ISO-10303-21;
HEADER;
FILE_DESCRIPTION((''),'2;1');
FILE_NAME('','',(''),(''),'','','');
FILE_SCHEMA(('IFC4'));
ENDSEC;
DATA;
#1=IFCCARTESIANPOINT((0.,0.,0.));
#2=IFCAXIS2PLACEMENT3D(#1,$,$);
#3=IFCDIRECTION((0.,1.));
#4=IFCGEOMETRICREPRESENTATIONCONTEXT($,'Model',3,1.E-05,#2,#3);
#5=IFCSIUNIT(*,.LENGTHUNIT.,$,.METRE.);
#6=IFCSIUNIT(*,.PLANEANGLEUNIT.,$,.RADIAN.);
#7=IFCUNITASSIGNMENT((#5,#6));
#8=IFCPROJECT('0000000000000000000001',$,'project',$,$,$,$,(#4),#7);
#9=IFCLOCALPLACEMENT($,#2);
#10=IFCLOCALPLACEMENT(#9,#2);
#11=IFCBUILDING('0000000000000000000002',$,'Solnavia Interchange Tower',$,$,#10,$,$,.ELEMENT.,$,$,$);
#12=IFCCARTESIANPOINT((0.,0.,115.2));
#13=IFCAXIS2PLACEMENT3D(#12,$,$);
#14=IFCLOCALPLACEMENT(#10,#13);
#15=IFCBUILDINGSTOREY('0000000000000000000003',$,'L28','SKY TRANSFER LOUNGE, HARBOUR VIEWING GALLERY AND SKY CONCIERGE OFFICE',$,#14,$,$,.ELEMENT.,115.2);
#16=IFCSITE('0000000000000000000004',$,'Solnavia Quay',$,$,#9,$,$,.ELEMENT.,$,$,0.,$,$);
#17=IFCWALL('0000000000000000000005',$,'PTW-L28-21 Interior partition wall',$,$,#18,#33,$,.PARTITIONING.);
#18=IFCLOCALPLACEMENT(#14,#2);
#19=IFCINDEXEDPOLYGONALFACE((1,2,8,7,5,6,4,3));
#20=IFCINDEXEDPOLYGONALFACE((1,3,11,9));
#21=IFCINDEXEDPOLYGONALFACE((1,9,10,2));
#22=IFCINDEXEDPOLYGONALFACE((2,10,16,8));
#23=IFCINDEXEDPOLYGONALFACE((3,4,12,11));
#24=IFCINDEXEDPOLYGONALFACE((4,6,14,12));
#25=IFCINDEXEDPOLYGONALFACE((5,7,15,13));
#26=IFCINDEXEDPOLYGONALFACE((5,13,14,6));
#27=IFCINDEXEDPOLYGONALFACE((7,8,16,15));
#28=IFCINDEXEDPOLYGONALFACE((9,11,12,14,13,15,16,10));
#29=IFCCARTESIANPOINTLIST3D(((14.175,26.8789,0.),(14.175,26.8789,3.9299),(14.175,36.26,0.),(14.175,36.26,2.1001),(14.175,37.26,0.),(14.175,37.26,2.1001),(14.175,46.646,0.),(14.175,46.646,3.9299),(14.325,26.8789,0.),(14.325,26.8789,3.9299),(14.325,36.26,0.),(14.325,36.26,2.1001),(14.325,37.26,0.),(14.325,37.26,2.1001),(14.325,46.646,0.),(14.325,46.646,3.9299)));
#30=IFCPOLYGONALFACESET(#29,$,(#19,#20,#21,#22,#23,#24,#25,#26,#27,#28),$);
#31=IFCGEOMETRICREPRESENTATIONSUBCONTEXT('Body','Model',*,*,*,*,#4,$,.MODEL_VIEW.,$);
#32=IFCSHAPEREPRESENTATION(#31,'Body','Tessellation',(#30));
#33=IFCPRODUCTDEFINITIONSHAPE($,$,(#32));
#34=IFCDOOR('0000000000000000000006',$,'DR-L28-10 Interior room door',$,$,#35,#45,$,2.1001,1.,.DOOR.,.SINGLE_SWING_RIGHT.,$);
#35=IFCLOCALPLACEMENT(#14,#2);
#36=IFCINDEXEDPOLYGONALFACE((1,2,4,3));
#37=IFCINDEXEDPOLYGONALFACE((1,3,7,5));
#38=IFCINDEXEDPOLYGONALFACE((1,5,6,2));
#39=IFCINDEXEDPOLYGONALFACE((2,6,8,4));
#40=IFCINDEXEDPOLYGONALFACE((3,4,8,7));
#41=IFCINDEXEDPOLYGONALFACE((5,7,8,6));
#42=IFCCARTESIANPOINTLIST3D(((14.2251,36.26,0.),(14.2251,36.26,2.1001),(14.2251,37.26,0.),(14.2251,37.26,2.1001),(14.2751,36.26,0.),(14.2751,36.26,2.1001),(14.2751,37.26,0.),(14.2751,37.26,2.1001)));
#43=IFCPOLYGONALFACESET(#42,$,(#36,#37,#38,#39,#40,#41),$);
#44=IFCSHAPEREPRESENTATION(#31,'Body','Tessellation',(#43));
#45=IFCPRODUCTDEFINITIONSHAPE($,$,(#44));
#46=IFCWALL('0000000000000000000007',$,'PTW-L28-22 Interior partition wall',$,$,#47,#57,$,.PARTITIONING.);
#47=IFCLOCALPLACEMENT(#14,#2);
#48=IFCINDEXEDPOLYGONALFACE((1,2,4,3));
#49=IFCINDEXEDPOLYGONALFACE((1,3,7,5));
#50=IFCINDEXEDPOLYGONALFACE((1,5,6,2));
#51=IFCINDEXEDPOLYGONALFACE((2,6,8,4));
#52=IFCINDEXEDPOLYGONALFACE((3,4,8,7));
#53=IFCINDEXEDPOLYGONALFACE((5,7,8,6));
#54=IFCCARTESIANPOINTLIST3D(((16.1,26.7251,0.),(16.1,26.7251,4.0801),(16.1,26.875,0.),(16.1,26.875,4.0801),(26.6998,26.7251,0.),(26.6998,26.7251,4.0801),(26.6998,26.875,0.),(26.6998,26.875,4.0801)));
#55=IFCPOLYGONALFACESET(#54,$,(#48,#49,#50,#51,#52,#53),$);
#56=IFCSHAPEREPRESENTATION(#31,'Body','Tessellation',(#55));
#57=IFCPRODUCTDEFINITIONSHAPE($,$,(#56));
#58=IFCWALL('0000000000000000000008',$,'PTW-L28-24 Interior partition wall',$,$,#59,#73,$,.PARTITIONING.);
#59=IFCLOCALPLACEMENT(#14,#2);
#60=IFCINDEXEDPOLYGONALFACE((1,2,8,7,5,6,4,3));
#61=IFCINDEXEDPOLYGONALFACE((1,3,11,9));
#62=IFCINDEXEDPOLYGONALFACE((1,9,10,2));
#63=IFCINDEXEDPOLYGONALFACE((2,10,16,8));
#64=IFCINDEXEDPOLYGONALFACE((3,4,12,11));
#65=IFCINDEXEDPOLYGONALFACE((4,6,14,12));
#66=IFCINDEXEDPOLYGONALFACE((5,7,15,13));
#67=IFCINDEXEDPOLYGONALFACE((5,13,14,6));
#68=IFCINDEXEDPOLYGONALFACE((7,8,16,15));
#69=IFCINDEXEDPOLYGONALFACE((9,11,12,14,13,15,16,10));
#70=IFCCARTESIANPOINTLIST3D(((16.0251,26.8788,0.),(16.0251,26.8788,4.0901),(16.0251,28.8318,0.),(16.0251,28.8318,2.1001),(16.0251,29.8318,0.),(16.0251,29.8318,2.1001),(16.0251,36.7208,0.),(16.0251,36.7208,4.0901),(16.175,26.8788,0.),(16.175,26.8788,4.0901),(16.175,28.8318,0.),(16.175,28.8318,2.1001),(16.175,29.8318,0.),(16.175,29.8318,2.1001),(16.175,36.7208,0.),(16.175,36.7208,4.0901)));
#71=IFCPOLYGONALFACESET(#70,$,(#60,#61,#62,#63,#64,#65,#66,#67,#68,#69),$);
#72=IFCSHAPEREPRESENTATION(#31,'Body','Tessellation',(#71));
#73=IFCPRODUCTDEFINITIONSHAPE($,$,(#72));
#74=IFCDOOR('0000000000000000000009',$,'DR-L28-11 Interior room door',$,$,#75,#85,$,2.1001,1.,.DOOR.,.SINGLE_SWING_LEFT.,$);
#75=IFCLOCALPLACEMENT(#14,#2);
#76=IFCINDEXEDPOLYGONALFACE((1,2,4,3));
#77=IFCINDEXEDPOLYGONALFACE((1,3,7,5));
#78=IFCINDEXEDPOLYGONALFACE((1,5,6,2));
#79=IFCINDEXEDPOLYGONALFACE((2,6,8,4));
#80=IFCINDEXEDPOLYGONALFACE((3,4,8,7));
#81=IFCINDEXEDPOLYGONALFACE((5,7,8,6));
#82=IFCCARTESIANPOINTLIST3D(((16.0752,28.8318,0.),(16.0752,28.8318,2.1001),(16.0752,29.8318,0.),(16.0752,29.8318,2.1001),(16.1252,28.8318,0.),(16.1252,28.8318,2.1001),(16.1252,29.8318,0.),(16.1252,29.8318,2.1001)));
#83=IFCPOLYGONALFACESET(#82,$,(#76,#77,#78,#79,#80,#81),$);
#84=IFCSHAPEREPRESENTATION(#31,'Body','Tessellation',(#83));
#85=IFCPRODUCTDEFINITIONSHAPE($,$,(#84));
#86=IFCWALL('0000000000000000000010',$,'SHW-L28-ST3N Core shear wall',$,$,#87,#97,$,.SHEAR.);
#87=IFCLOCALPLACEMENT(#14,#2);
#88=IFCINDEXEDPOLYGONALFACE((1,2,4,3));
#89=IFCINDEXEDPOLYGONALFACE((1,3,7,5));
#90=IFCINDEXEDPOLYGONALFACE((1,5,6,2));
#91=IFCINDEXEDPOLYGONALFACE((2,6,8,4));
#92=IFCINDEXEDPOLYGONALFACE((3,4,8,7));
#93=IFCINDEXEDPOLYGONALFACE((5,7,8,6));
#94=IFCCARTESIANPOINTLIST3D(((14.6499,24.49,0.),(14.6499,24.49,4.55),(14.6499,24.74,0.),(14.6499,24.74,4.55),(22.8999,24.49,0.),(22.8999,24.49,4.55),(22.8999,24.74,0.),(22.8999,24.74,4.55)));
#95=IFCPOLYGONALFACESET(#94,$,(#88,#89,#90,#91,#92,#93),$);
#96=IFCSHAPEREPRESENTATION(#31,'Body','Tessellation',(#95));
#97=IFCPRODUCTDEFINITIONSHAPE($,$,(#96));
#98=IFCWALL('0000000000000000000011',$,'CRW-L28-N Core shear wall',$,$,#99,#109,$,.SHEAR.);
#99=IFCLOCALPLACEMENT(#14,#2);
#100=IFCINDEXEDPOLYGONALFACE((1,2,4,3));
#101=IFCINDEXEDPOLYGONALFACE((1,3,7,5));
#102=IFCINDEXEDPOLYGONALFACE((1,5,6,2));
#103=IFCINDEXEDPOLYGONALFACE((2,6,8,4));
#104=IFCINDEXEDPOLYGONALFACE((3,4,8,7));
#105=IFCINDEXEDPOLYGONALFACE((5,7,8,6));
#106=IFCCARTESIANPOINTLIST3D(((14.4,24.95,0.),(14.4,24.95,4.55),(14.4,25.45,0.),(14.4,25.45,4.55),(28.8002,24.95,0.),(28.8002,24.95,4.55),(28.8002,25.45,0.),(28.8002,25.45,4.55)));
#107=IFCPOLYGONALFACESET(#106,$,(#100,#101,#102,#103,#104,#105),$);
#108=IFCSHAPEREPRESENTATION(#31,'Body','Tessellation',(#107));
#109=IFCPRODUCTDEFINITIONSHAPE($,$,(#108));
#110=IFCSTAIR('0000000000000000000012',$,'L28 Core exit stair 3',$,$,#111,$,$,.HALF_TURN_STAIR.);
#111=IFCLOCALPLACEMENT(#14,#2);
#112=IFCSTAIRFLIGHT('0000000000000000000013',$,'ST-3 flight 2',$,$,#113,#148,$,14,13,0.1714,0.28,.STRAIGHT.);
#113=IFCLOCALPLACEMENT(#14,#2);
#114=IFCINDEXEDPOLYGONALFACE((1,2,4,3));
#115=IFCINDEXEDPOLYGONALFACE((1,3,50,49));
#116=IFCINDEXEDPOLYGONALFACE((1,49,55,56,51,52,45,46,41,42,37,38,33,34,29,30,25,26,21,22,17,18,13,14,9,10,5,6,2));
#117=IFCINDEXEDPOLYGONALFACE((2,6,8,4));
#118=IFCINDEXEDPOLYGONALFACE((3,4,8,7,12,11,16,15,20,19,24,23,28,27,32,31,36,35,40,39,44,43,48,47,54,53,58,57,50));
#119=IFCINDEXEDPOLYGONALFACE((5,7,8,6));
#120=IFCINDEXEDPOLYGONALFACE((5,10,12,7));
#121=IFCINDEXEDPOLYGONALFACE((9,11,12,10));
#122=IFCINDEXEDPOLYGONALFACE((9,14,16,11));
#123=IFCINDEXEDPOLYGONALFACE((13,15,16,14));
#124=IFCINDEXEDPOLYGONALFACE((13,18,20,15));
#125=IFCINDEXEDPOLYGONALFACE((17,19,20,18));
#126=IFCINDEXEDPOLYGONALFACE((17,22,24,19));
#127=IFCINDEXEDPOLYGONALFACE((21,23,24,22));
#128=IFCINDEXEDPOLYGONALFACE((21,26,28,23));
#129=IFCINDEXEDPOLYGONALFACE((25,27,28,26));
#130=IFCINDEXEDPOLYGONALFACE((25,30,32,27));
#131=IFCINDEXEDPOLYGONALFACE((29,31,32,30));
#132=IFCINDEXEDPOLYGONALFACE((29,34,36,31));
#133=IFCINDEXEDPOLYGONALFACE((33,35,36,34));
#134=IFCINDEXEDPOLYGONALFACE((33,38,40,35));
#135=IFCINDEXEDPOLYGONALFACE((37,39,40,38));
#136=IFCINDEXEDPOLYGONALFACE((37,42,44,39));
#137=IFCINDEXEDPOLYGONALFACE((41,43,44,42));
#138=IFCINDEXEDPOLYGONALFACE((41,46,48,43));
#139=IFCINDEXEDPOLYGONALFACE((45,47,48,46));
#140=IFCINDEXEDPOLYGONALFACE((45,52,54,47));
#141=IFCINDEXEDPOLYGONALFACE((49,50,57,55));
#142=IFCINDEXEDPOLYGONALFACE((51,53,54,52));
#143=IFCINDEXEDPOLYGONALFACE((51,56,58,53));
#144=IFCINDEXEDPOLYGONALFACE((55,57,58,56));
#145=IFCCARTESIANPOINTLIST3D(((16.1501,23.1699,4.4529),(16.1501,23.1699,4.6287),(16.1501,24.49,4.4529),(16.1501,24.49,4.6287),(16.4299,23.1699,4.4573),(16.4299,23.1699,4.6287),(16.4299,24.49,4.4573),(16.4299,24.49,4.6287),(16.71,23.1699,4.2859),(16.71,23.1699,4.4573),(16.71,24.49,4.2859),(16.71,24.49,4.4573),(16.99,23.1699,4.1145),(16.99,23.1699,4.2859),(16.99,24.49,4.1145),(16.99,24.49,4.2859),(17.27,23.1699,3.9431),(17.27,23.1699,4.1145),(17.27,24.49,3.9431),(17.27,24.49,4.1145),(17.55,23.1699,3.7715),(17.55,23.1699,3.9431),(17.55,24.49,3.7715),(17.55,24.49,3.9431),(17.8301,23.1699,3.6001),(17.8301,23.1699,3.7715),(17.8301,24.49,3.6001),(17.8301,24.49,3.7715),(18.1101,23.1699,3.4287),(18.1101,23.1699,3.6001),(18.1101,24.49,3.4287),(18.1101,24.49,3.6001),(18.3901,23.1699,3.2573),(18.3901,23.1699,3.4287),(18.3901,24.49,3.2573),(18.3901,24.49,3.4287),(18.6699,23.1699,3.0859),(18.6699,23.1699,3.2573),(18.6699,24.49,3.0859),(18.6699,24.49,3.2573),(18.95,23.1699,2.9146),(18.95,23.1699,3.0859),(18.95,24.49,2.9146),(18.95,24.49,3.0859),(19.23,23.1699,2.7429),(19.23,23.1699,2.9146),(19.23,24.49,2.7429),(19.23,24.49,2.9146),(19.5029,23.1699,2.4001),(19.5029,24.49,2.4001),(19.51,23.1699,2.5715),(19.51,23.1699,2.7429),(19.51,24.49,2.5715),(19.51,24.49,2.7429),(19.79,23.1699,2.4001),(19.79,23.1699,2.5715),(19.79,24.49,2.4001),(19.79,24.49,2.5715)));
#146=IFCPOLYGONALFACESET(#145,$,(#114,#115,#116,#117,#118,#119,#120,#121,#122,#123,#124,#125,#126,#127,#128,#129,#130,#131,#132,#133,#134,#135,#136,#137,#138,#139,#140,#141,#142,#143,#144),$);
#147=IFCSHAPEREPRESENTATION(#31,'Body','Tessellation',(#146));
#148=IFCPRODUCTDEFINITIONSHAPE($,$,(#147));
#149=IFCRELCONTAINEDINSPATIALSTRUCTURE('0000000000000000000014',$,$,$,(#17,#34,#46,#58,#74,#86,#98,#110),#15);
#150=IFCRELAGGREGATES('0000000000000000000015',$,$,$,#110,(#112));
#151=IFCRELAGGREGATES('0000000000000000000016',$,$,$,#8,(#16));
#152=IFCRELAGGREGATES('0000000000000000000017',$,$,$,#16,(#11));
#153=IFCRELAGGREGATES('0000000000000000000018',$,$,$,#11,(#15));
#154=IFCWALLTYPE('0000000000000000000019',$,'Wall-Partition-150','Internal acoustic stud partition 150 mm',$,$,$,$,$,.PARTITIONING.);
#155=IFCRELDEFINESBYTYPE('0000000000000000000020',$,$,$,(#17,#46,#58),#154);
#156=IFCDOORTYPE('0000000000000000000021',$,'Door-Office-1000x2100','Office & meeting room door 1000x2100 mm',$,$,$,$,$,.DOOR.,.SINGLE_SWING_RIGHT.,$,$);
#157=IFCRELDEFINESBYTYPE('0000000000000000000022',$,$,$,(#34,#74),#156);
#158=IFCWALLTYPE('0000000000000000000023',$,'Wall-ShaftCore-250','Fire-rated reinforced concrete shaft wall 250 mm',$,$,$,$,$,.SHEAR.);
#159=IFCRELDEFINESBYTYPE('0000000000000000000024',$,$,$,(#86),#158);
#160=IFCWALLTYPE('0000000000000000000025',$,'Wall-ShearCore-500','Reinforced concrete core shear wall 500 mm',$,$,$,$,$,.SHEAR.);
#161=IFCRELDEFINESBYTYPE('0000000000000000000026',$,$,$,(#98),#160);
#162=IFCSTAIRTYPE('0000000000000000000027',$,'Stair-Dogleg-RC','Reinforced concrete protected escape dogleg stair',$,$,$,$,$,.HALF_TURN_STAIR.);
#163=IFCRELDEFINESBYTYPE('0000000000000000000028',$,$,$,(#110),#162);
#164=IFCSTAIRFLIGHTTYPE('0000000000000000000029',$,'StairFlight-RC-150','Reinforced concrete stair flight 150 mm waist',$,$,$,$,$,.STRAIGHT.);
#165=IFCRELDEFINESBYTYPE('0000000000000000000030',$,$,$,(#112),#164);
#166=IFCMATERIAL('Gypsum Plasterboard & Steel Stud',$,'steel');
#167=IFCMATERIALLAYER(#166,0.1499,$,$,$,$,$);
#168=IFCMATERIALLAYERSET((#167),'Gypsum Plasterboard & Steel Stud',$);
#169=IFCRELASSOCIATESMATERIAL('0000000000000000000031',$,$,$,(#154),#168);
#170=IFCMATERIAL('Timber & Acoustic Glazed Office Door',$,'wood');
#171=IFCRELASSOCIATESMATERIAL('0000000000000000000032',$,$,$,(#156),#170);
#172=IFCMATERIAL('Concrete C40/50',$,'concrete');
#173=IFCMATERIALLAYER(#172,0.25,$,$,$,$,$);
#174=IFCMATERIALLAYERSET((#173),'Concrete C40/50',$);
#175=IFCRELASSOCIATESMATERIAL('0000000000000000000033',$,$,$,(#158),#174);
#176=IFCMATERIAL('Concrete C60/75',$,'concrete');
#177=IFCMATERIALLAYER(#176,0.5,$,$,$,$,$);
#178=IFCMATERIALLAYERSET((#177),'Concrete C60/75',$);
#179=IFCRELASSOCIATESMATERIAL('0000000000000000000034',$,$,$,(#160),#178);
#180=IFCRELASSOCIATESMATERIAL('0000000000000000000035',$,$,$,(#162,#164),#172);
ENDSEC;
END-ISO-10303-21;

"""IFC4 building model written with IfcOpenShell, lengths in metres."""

from ifc_helpers import new_model, si_unit, direction, frame, frame_2d, origin, place, context, subcontext, project, spatial, polyline, rectangle, outline, extrude, material, layer, layer_set, type_object, element, fill, aggregate, save


model = new_model("IFC4")

# Units and contexts
model_context = context("Model", 3, precision=1e-05, world=origin(), true_north=direction((0.0, 1.0)))
body_context = subcontext(model_context, "Body", "Model", "MODEL_VIEW")
ifc_project = project(units=[si_unit("LENGTHUNIT", "METRE"), si_unit("PLANEANGLEUNIT", "RADIAN")], contexts=[model_context])

# Site, building, storey
site_placement = place(None, origin())
site = spatial("IfcSite", under=ifc_project, at=site_placement, Name="Solnavia Quay", CompositionType="ELEMENT", RefElevation=0.0)
building_placement = place(site_placement, origin())
building = spatial("IfcBuilding", under=site, at=building_placement, Name="Solnavia Interchange Tower", CompositionType="ELEMENT")
storey_placement = place(building_placement, frame((0.0, 0.0, 115.2)))
storey = spatial("IfcBuildingStorey", under=building, at=storey_placement, Name="L28", Description="SKY TRANSFER LOUNGE, HARBOUR VIEWING GALLERY AND SKY CONCIERGE OFFICE", CompositionType="ELEMENT", Elevation=115.2)

# Shared definitions
ifc_material_1 = material(Name="Gypsum Plasterboard & Steel Stud", Category="steel")
ifc_layer_1 = layer(ifc_material_1, 0.1499)
ifc_layer_set_1 = layer_set([ifc_layer_1], Name="Gypsum Plasterboard & Steel Stud")
wall_type_1 = type_object("IfcWallType", Name="Wall-Partition-150", Description="Internal acoustic stud partition 150 mm", PredefinedType="PARTITIONING", material=ifc_layer_set_1)

# Wall, opening, door
wall_1_placement = place(storey_placement, frame((14.25, 26.8789, 0.0), z_axis=(0.0, 0.0, 1.0), x_axis=(0.0, 1.0, 0.0)))
wall_1 = element("IfcWall", 1, at=wall_1_placement, inside=storey, type_object=wall_type_1, Name="PTW-L28-21 Interior partition wall", PredefinedType="PARTITIONING", context=body_context, shape_type="SweptSolid", body=[
    extrude(rectangle(XDim=19.7671, YDim=0.1499, at=frame_2d((9.8835, 0.0))), origin(), (0.0, 0.0, 1.0), 3.9299),
])
opening_1_placement = place(wall_1_placement, frame((9.3811, 0.0, 0.0)))
opening_1 = element("IfcOpeningElement", 2, at=opening_1_placement, cuts=wall_1, PredefinedType="OPENING", context=body_context, shape_type="SweptSolid", body=[
    extrude(rectangle(XDim=1.0, YDim=2.1001, at=frame_2d((0.5, 1.05))), frame((0.0, 0.085, 0.0), z_axis=(0.0, -1.0, 0.0), x_axis=(1.0, 0.0, 0.0)), (0.0, 0.0, 1.0), 0.1699),
])
ifc_material_2 = material(Name="Timber & Acoustic Glazed Office Door", Category="wood")
door_type = type_object("IfcDoorType", Name="Door-Office-1000x2100", Description="Office & meeting room door 1000x2100 mm", OperationType="SINGLE_SWING_RIGHT", PredefinedType="DOOR", material=ifc_material_2)
door_1_placement = place(opening_1_placement, origin())
door_1 = element("IfcDoor", 3, at=door_1_placement, inside=storey, type_object=door_type, Name="DR-L28-10 Interior room door", OperationType="SINGLE_SWING_RIGHT", OverallHeight=2.1001, OverallWidth=1.0, PredefinedType="DOOR", context=body_context, shape_type="SweptSolid", body=[
    extrude(rectangle(XDim=1.0, YDim=2.1001, at=frame_2d((0.5, 1.05))), frame((0.0, 0.0249, 0.0), z_axis=(0.0, -1.0, 0.0), x_axis=(1.0, 0.0, 0.0)), (0.0, 0.0, 1.0), 0.05),
])
fill(opening_1, door_1)

# Wall
wall_2_placement = place(storey_placement, frame((16.1001, 26.8, 0.0), z_axis=(0.0, 0.0, 1.0), x_axis=(1.0, 0.0, 0.0)))
element("IfcWall", 4, at=wall_2_placement, inside=storey, type_object=wall_type_1, Name="PTW-L28-22 Interior partition wall", PredefinedType="PARTITIONING", context=body_context, shape_type="SweptSolid", body=[
    extrude(rectangle(XDim=10.5999, YDim=0.1499, at=frame_2d((5.2998, 0.0))), origin(), (0.0, 0.0, 1.0), 4.0801),
])

# Wall, opening, door
wall_3_placement = place(storey_placement, frame((16.1001, 26.8789, 0.0), z_axis=(0.0, 0.0, 1.0), x_axis=(0.0, 1.0, 0.0)))
wall_3 = element("IfcWall", 5, at=wall_3_placement, inside=storey, type_object=wall_type_1, Name="PTW-L28-24 Interior partition wall", PredefinedType="PARTITIONING", context=body_context, shape_type="SweptSolid", body=[
    extrude(rectangle(XDim=9.842, YDim=0.1499, at=frame_2d((4.9209, 0.0))), origin(), (0.0, 0.0, 1.0), 4.0901),
])
opening_2_placement = place(wall_3_placement, frame((1.9529, 0.0, 0.0)))
opening_2 = element("IfcOpeningElement", 6, at=opening_2_placement, cuts=wall_3, PredefinedType="OPENING", context=body_context, shape_type="SweptSolid", body=[
    extrude(rectangle(XDim=1.0, YDim=2.1001, at=frame_2d((0.5, 1.05))), frame((0.0, 0.085, 0.0), z_axis=(0.0, -1.0, 0.0), x_axis=(1.0, 0.0, 0.0)), (0.0, 0.0, 1.0), 0.1699),
])
door_2_placement = place(opening_2_placement, origin())
door_2 = element("IfcDoor", 7, at=door_2_placement, inside=storey, type_object=door_type, Name="DR-L28-11 Interior room door", OperationType="SINGLE_SWING_LEFT", OverallHeight=2.1001, OverallWidth=1.0, PredefinedType="DOOR", context=body_context, shape_type="SweptSolid", body=[
    extrude(rectangle(XDim=1.0, YDim=2.1001, at=frame_2d((0.5, 1.05))), frame((0.0, 0.0249, 0.0), z_axis=(0.0, -1.0, 0.0), x_axis=(1.0, 0.0, 0.0)), (0.0, 0.0, 1.0), 0.05),
])
fill(opening_2, door_2)

# Walls
ifc_material_3 = material(Name="Concrete C40/50", Category="concrete")
ifc_layer_2 = layer(ifc_material_3, 0.25)
ifc_layer_set_2 = layer_set([ifc_layer_2], Name="Concrete C40/50")
wall_type_2 = type_object("IfcWallType", Name="Wall-ShaftCore-250", Description="Fire-rated reinforced concrete shaft wall 250 mm", PredefinedType="SHEAR", material=ifc_layer_set_2)
wall_4_placement = place(storey_placement, frame((14.6499, 24.615, 0.0), z_axis=(0.0, 0.0, 1.0), x_axis=(1.0, 0.0, 0.0)))
element("IfcWall", 8, at=wall_4_placement, inside=storey, type_object=wall_type_2, Name="SHW-L28-ST3N Core shear wall", PredefinedType="SHEAR", context=body_context, shape_type="SweptSolid", body=[
    extrude(rectangle(XDim=8.25, YDim=0.25, at=frame_2d((4.125, 0.0))), origin(), (0.0, 0.0, 1.0), 4.55),
])
ifc_material_4 = material(Name="Concrete C60/75", Category="concrete")
ifc_layer_3 = layer(ifc_material_4, 0.5)
ifc_layer_set_3 = layer_set([ifc_layer_3], Name="Concrete C60/75")
wall_type_3 = type_object("IfcWallType", Name="Wall-ShearCore-500", Description="Reinforced concrete core shear wall 500 mm", PredefinedType="SHEAR", material=ifc_layer_set_3)
wall_5_placement = place(storey_placement, frame((14.3999, 25.2, 0.0), z_axis=(0.0, 0.0, 1.0), x_axis=(1.0, 0.0, 0.0)))
element("IfcWall", 9, at=wall_5_placement, inside=storey, type_object=wall_type_3, Name="CRW-L28-N Core shear wall", PredefinedType="SHEAR", context=body_context, shape_type="SweptSolid", body=[
    extrude(rectangle(XDim=14.4001, YDim=0.5, at=frame_2d((7.2002, 0.0))), origin(), (0.0, 0.0, 1.0), 4.55),
])

# Stair, stair flight
stair_type = type_object("IfcStairType", Name="Stair-Dogleg-RC", Description="Reinforced concrete protected escape dogleg stair", PredefinedType="HALF_TURN_STAIR", material=ifc_material_3)
stair_placement = place(storey_placement, origin())
stair = element("IfcStair", 10, at=stair_placement, inside=storey, type_object=stair_type, Name="L28 Core exit stair 3", PredefinedType="HALF_TURN_STAIR")
stair_flight_type = type_object("IfcStairFlightType", Name="StairFlight-RC-150", Description="Reinforced concrete stair flight 150 mm waist", PredefinedType="STRAIGHT", material=ifc_material_3)
stair_flight_placement = place(storey_placement, frame((19.79, 23.8301, 2.4001), z_axis=(0.0, 0.0, 1.0), x_axis=(-1.0, 0.0, 0.0)))
stair_flight = element("IfcStairFlight", 11, at=stair_flight_placement, type_object=stair_flight_type, Name="ST-3 flight 2", NumberOfRisers=14, NumberOfTreads=13, PredefinedType="STRAIGHT", RiserHeight=0.1714, TreadLength=0.28, context=body_context, shape_type="SweptSolid", body=[
    extrude(outline(polyline([(0.0, 0.0), (0.0, 0.1714), (0.28, 0.1714), (0.28, 0.3428), (0.5601, 0.3428), (0.5601, 0.5144), (0.8401, 0.5144), (0.8401, 0.6858), (1.1201, 0.6858), (1.1201, 0.8572), (1.3999, 0.8572), (1.3999, 1.0286), (1.6799, 1.0286), (1.6799, 1.2), (1.96, 1.2), (1.96, 1.3713), (2.24, 1.3713), (2.24, 1.543), (2.52, 1.543), (2.52, 1.7144), (2.8, 1.7144), (2.8, 1.8857), (3.0801, 1.8857), (3.0801, 2.0571), (3.3601, 2.0571), (3.3601, 2.2285), (3.6399, 2.2285), (3.6399, 2.3999), (3.6399, 2.0527), (0.2871, 0.0), (0.0, 0.0)])), frame((0.0, 0.6602, 0.0), z_axis=(0.0, -1.0, 0.0), x_axis=(1.0, 0.0, 0.0)), (0.0, 0.0, 1.0), 1.3201),
])
aggregate(stair, [stair_flight])

save(model, "model.ifc")
